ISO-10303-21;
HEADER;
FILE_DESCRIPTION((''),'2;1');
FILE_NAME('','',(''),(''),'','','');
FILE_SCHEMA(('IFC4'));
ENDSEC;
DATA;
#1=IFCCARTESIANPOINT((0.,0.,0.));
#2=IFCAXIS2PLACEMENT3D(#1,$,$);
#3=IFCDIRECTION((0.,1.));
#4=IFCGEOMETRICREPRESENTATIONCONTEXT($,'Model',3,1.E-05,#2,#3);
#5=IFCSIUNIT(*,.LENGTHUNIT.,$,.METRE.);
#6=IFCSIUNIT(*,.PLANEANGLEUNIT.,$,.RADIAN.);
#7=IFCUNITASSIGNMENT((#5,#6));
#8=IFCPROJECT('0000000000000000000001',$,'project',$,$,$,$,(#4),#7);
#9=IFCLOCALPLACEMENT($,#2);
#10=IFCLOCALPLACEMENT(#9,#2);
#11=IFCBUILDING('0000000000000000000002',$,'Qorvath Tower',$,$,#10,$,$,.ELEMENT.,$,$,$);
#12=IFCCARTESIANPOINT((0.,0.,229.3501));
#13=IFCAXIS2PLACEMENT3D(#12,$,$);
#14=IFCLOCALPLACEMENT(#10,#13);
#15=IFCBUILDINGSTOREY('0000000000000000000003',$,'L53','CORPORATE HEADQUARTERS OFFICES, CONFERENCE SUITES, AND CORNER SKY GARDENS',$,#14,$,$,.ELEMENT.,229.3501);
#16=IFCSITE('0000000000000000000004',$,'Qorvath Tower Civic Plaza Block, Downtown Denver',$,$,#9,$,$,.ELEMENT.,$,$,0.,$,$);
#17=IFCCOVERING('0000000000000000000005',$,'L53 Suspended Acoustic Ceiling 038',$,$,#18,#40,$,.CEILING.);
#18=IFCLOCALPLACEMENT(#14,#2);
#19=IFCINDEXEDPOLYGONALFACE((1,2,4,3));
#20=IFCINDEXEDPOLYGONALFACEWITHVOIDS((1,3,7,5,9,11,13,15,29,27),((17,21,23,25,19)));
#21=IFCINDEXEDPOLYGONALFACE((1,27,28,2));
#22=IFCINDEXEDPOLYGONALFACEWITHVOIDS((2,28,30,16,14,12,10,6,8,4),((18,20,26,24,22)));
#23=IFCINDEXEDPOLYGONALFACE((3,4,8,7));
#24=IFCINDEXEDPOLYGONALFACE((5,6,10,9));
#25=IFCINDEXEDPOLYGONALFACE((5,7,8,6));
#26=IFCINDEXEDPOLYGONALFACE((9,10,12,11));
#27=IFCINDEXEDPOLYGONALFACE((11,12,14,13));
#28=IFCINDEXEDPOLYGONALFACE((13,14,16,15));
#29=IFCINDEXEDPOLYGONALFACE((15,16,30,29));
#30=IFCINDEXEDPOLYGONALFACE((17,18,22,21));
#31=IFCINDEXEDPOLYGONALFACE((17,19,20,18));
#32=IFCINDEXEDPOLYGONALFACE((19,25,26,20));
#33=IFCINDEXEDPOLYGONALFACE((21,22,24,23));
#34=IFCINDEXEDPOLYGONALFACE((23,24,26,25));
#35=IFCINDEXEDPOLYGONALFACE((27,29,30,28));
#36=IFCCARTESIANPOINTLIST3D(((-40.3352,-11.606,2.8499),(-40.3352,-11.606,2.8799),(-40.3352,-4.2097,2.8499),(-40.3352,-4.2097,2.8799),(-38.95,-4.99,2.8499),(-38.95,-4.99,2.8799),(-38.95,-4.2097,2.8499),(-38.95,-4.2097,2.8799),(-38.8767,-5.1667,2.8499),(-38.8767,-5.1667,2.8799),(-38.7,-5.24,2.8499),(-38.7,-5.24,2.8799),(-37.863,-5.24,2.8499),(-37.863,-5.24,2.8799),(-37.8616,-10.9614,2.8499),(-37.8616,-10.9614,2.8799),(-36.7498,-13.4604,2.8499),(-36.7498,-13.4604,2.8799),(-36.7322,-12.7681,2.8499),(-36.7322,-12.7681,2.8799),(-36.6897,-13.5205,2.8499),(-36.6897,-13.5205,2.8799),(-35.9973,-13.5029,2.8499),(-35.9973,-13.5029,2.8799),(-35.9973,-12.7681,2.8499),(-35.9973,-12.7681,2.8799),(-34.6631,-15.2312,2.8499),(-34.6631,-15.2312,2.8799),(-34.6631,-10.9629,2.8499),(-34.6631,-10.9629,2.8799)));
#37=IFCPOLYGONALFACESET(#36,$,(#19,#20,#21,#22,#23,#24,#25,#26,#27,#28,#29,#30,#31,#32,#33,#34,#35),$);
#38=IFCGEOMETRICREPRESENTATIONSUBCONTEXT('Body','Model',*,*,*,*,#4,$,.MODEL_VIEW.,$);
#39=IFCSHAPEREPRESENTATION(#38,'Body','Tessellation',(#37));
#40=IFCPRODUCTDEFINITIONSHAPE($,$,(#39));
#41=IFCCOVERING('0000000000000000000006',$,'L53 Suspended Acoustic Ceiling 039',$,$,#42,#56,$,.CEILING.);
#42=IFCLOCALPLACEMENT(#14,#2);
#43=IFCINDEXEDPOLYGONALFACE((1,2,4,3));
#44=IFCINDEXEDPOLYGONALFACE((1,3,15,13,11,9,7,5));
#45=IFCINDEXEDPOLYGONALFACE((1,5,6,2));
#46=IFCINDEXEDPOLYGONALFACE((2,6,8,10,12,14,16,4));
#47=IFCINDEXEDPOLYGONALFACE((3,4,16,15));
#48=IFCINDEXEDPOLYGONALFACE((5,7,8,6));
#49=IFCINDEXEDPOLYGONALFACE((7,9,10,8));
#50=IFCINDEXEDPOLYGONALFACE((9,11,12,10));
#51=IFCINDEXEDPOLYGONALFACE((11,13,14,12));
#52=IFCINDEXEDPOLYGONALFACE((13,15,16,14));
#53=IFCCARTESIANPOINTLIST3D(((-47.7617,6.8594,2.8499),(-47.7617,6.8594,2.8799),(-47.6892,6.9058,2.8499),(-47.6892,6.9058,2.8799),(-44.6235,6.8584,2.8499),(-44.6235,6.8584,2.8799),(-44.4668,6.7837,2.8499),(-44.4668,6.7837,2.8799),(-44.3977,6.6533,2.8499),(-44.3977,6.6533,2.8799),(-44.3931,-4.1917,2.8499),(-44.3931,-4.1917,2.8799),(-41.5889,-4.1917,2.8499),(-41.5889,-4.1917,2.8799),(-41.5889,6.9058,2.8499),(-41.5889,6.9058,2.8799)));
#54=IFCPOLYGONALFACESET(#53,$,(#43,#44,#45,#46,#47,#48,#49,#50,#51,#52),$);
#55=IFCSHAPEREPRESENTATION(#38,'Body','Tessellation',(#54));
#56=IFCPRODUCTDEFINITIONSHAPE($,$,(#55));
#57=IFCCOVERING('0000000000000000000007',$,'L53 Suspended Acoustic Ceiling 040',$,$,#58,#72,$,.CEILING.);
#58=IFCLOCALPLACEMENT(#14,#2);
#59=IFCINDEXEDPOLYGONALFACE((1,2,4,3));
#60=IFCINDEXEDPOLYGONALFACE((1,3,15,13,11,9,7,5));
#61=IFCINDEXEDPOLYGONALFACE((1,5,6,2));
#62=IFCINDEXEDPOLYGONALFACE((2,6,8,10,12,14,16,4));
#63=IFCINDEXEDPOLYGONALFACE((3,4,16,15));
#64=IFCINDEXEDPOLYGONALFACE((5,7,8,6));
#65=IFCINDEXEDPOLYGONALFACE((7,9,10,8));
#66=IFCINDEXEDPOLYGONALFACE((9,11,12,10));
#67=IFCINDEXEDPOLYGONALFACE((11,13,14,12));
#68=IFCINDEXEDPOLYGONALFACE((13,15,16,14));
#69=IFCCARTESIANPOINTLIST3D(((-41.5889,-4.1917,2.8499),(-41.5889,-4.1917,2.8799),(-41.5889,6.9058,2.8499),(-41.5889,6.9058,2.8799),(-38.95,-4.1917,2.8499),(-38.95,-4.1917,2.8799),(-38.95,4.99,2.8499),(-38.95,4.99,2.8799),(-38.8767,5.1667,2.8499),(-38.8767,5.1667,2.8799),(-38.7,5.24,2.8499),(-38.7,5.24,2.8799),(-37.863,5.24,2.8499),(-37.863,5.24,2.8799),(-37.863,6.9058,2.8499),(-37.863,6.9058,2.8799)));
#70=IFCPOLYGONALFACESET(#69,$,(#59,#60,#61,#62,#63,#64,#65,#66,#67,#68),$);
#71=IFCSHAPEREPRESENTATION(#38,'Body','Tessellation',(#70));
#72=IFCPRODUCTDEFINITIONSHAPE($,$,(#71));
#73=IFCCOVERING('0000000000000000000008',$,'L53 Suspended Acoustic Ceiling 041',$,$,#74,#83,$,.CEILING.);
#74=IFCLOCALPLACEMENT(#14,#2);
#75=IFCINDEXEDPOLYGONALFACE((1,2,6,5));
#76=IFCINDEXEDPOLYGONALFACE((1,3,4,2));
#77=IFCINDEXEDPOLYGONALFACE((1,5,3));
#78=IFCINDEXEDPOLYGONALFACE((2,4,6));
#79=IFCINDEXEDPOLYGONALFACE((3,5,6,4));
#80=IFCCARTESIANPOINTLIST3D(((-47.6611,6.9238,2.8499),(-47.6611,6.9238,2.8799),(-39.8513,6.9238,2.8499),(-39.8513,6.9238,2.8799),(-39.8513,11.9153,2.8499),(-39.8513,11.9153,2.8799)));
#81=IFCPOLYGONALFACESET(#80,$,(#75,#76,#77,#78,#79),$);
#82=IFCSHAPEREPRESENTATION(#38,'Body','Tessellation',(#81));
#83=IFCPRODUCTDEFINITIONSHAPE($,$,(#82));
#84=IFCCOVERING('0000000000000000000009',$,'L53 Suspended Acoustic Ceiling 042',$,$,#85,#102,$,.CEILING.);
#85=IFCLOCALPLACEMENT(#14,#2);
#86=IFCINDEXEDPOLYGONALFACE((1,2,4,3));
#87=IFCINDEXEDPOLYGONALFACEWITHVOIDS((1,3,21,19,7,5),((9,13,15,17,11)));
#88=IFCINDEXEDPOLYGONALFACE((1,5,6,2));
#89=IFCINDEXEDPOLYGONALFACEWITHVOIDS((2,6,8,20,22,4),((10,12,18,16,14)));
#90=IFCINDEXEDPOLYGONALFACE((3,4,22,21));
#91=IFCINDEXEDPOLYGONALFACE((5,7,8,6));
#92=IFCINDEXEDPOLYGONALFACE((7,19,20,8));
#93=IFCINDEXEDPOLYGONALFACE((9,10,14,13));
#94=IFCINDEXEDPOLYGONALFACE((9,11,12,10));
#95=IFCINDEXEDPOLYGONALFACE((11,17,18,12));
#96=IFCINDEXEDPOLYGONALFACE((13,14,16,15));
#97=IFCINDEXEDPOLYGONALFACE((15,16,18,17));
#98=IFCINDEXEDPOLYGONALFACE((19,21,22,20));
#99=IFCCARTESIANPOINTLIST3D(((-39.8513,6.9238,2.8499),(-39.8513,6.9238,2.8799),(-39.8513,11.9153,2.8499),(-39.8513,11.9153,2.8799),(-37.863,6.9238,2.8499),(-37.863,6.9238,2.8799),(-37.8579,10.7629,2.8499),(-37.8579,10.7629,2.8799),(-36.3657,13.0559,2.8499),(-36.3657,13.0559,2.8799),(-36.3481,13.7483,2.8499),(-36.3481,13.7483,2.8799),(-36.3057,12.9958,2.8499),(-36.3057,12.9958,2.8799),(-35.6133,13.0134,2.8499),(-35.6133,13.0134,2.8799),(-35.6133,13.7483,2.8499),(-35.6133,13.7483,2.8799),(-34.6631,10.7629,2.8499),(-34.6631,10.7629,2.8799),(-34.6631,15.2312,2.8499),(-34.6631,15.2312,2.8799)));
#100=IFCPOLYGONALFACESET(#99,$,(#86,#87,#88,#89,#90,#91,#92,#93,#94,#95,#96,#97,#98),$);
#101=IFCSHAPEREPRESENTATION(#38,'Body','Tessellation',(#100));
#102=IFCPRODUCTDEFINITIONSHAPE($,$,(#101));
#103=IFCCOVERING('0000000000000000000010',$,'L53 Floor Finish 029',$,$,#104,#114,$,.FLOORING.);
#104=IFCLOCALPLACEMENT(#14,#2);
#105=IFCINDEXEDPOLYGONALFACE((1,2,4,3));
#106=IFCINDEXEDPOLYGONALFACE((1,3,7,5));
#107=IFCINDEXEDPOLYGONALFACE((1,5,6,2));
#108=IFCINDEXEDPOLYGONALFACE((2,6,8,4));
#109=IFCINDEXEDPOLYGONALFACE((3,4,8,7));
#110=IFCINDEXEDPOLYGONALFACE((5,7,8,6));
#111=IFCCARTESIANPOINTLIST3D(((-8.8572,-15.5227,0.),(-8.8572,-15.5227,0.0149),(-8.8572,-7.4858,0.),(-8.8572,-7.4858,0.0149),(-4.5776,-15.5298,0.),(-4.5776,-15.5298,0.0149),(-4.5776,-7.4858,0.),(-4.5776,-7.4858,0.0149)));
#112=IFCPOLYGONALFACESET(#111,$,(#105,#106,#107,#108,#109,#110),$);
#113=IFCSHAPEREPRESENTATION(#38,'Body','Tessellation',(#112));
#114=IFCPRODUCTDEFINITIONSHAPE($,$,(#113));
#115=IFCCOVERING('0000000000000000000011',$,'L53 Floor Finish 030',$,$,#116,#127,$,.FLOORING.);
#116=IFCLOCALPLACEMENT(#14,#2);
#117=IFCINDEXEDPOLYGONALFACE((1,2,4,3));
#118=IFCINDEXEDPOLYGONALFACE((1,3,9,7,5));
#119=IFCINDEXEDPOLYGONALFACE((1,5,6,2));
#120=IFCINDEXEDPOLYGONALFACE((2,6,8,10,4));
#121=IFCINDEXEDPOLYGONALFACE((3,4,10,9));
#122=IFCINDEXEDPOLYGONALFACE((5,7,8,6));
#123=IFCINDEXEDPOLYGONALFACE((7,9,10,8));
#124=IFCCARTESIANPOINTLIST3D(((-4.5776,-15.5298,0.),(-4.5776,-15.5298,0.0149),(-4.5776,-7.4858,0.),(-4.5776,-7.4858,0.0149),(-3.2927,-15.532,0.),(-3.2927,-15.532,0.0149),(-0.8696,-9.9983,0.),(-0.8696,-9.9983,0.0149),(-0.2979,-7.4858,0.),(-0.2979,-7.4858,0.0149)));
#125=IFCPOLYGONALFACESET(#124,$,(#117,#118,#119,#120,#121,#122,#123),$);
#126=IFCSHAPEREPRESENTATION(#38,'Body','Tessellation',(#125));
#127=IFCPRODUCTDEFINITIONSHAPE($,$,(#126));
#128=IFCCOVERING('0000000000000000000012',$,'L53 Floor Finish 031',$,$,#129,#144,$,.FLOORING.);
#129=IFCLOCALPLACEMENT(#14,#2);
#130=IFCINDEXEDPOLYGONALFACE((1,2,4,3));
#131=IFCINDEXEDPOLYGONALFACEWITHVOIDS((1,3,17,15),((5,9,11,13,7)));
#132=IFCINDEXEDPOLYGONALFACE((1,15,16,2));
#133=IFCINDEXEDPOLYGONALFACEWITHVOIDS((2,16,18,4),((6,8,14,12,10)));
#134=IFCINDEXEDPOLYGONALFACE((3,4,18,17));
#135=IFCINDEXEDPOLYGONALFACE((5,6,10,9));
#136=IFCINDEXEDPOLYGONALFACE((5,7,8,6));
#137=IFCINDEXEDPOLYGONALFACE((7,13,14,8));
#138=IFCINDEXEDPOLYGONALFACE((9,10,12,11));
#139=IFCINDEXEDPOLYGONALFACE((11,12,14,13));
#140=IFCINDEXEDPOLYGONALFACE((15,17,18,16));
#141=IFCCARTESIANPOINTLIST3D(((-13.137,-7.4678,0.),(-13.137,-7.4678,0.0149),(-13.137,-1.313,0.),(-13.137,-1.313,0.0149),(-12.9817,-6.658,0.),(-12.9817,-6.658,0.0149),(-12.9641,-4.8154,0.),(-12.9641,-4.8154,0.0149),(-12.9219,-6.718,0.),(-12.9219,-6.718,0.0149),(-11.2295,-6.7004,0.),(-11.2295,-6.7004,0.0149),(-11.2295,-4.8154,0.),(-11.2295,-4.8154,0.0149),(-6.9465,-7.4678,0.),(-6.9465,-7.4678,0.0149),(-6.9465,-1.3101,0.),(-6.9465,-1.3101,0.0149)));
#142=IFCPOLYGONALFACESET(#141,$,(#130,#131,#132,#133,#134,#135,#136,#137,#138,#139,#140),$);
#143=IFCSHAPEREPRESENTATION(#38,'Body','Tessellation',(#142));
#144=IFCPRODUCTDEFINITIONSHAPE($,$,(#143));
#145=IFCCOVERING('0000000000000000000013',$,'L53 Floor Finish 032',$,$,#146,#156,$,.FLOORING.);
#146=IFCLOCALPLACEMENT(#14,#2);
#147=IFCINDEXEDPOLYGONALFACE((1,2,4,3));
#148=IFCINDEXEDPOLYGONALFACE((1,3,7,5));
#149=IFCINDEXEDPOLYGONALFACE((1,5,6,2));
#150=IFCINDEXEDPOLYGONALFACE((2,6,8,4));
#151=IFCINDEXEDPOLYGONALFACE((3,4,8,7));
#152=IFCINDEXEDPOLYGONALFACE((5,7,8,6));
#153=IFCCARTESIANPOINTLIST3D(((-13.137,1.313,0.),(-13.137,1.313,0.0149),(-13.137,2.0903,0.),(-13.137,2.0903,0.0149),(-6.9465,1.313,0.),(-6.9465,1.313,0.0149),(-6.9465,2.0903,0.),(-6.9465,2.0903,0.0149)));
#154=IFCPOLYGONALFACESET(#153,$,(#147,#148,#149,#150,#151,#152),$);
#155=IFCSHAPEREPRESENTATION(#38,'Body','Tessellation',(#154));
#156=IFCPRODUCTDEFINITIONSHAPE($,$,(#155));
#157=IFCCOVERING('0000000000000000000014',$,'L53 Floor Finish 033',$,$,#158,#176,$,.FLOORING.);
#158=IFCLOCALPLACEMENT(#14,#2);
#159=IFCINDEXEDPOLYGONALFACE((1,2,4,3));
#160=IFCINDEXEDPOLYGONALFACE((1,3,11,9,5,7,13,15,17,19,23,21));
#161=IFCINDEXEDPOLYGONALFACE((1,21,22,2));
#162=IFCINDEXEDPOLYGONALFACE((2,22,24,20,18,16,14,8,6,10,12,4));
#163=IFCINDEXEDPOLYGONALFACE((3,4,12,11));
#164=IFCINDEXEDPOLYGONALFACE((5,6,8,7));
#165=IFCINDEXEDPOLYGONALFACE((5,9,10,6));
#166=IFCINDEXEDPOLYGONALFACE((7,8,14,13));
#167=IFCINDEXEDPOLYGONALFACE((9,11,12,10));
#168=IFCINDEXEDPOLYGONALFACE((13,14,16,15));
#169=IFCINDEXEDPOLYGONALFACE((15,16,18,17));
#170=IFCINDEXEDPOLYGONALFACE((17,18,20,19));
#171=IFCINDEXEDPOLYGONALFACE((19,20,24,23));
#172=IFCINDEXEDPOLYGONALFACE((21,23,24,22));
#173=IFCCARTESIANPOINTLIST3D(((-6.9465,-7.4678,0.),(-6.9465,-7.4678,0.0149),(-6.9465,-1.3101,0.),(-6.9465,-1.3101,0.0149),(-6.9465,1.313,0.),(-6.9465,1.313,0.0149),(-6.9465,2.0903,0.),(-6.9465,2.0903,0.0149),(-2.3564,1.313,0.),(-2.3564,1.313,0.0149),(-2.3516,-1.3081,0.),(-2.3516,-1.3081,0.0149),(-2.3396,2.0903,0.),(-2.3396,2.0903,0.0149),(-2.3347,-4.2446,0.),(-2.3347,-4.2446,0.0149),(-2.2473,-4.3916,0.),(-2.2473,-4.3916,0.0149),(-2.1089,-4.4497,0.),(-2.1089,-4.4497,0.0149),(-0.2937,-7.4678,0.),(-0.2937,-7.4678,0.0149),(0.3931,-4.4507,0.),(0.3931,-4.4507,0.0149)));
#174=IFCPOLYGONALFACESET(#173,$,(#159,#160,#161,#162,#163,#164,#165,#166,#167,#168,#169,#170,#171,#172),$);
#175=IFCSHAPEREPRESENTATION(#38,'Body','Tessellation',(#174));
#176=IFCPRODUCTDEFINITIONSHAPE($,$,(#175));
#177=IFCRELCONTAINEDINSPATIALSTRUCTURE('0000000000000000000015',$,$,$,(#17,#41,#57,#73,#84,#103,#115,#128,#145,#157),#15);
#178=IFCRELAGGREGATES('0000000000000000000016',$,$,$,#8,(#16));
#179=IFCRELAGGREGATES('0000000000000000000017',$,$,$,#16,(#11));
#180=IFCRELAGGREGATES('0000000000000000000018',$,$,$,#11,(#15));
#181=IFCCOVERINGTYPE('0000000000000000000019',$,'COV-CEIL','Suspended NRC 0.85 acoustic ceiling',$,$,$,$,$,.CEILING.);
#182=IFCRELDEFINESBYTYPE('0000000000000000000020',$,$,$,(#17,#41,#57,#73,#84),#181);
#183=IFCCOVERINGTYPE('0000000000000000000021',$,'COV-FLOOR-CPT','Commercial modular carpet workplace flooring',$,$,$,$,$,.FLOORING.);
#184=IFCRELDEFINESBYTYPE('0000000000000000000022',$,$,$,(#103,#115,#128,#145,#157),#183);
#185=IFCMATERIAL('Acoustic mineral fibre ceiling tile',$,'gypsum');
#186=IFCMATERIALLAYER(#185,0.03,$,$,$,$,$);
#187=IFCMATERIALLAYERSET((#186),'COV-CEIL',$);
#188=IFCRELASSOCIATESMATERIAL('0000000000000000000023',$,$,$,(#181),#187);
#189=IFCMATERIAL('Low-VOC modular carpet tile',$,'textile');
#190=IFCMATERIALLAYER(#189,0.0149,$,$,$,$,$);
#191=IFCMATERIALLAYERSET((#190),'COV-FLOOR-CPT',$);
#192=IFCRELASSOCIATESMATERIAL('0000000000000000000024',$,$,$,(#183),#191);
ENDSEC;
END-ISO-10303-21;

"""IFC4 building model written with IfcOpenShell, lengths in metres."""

from ifc_helpers import new_model, si_unit, direction, frame, origin, place, context, subcontext, project, spatial, polyline, outline, extrude, material, layer, layer_set, type_object, element, save


model = new_model("IFC4")

# Units and contexts
model_context = context("Model", 3, precision=1e-05, world=origin(), true_north=direction((0.0, 1.0)))
body_context = subcontext(model_context, "Body", "Model", "MODEL_VIEW")
ifc_project = project(units=[si_unit("LENGTHUNIT", "METRE"), si_unit("PLANEANGLEUNIT", "RADIAN")], contexts=[model_context])

# Site, building, storey
site_placement = place(None, origin())
site = spatial("IfcSite", under=ifc_project, at=site_placement, Name="Qorvath Tower Civic Plaza Block, Downtown Denver", CompositionType="ELEMENT", RefElevation=0.0)
building_placement = place(site_placement, origin())
building = spatial("IfcBuilding", under=site, at=building_placement, Name="Qorvath Tower", CompositionType="ELEMENT")
storey_placement = place(building_placement, frame((0.0, 0.0, 229.3501)))
storey = spatial("IfcBuildingStorey", under=building, at=storey_placement, Name="L53", Description="CORPORATE HEADQUARTERS OFFICES, CONFERENCE SUITES, AND CORNER SKY GARDENS", CompositionType="ELEMENT", Elevation=229.3501)

# Coverings
ifc_material_1 = material(Name="Acoustic mineral fibre ceiling tile", Category="gypsum")
ifc_layer_1 = layer(ifc_material_1, 0.03)
ifc_layer_set_1 = layer_set([ifc_layer_1], Name="COV-CEIL")
covering_type_1 = type_object("IfcCoveringType", Name="COV-CEIL", Description="Suspended NRC 0.85 acoustic ceiling", PredefinedType="CEILING", material=ifc_layer_set_1)
covering_1_placement = place(storey_placement, frame((0.0, 0.0, 2.8499)))
element("IfcCovering", 1, at=covering_1_placement, inside=storey, type_object=covering_type_1, Name="L53 Suspended Acoustic Ceiling 038", PredefinedType="CEILING", context=body_context, shape_type="SweptSolid", body=[
    extrude(outline(polyline([(-40.3352, -4.2097), (-40.3352, -11.606), (-34.6631, -15.2312), (-34.6631, -10.9629), (-37.8616, -10.9614), (-37.863, -5.24), (-38.7, -5.24), (-38.8767, -5.1667), (-38.95, -4.99), (-38.95, -4.2097), (-40.3352, -4.2097)]), holes=[polyline([(-36.7498, -13.4604), (-36.7322, -12.7681), (-35.9973, -12.7681), (-35.9973, -13.5029), (-36.6897, -13.5205), (-36.7498, -13.4604)])]), origin(), (0.0, 0.0, 1.0), 0.03),
])
covering_2_placement = place(storey_placement, frame((0.0, 0.0, 2.8499)))
element("IfcCovering", 2, at=covering_2_placement, inside=storey, type_object=covering_type_1, Name="L53 Suspended Acoustic Ceiling 039", PredefinedType="CEILING", context=body_context, shape_type="SweptSolid", body=[
    extrude(outline(polyline([(-44.4668, 6.7837), (-44.3977, 6.6533), (-44.3931, -4.1917), (-41.5889, -4.1917), (-41.5889, 6.9058), (-47.6892, 6.9058), (-47.7617, 6.8594), (-44.6235, 6.8584), (-44.4668, 6.7837)])), origin(), (0.0, 0.0, 1.0), 0.03),
])
covering_3_placement = place(storey_placement, frame((0.0, 0.0, 2.8499)))
element("IfcCovering", 3, at=covering_3_placement, inside=storey, type_object=covering_type_1, Name="L53 Suspended Acoustic Ceiling 040", PredefinedType="CEILING", context=body_context, shape_type="SweptSolid", body=[
    extrude(outline(polyline([(-41.5889, 6.9058), (-41.5889, -4.1917), (-38.95, -4.1917), (-38.95, 4.99), (-38.8767, 5.1667), (-38.7, 5.24), (-37.863, 5.24), (-37.863, 6.9058), (-41.5889, 6.9058)])), origin(), (0.0, 0.0, 1.0), 0.03),
])
covering_4_placement = place(storey_placement, frame((0.0, 0.0, 2.8499)))
element("IfcCovering", 4, at=covering_4_placement, inside=storey, type_object=covering_type_1, Name="L53 Suspended Acoustic Ceiling 041", PredefinedType="CEILING", context=body_context, shape_type="SweptSolid", body=[
    extrude(outline(polyline([(-39.8513, 6.9238), (-39.8513, 11.9153), (-47.6611, 6.9238), (-39.8513, 6.9238)])), origin(), (0.0, 0.0, 1.0), 0.03),
])
covering_5_placement = place(storey_placement, frame((0.0, 0.0, 2.8499)))
element("IfcCovering", 5, at=covering_5_placement, inside=storey, type_object=covering_type_1, Name="L53 Suspended Acoustic Ceiling 042", PredefinedType="CEILING", context=body_context, shape_type="SweptSolid", body=[
    extrude(outline(polyline([(-37.8579, 10.7629), (-34.6631, 10.7629), (-34.6631, 15.2312), (-39.8513, 11.9153), (-39.8513, 6.9238), (-37.863, 6.9238), (-37.8579, 10.7629)]), holes=[polyline([(-36.3657, 13.0559), (-36.3481, 13.7483), (-35.6133, 13.7483), (-35.6133, 13.0134), (-36.3057, 12.9958), (-36.3657, 13.0559)])]), origin(), (0.0, 0.0, 1.0), 0.03),
])
ifc_material_2 = material(Name="Low-VOC modular carpet tile", Category="textile")
ifc_layer_2 = layer(ifc_material_2, 0.0149)
ifc_layer_set_2 = layer_set([ifc_layer_2], Name="COV-FLOOR-CPT")
covering_type_2 = type_object("IfcCoveringType", Name="COV-FLOOR-CPT", Description="Commercial modular carpet workplace flooring", PredefinedType="FLOORING", material=ifc_layer_set_2)
covering_6_placement = place(storey_placement, origin())
element("IfcCovering", 6, at=covering_6_placement, inside=storey, type_object=covering_type_2, Name="L53 Floor Finish 029", PredefinedType="FLOORING", context=body_context, shape_type="SweptSolid", body=[
    extrude(outline(polyline([(-8.8572, -7.4858), (-8.8572, -15.5227), (-4.5776, -15.5298), (-4.5776, -7.4858), (-8.8572, -7.4858)])), origin(), (0.0, 0.0, 1.0), 0.0149),
])
covering_7_placement = place(storey_placement, origin())
element("IfcCovering", 7, at=covering_7_placement, inside=storey, type_object=covering_type_2, Name="L53 Floor Finish 030", PredefinedType="FLOORING", context=body_context, shape_type="SweptSolid", body=[
    extrude(outline(polyline([(-4.5776, -7.4858), (-4.5776, -15.5298), (-3.2927, -15.532), (-0.8696, -9.9983), (-0.2979, -7.4858), (-4.5776, -7.4858)])), origin(), (0.0, 0.0, 1.0), 0.0149),
])
covering_8_placement = place(storey_placement, origin())
element("IfcCovering", 8, at=covering_8_placement, inside=storey, type_object=covering_type_2, Name="L53 Floor Finish 031", PredefinedType="FLOORING", context=body_context, shape_type="SweptSolid", body=[
    extrude(outline(polyline([(-6.9465, -7.4678), (-6.9465, -1.3101), (-13.137, -1.313), (-13.137, -7.4678), (-6.9465, -7.4678)]), holes=[polyline([(-12.9817, -6.658), (-12.9641, -4.8154), (-11.2295, -4.8154), (-11.2295, -6.7004), (-12.9219, -6.718), (-12.9817, -6.658)])]), origin(), (0.0, 0.0, 1.0), 0.0149),
])
covering_9_placement = place(storey_placement, origin())
element("IfcCovering", 9, at=covering_9_placement, inside=storey, type_object=covering_type_2, Name="L53 Floor Finish 032", PredefinedType="FLOORING", context=body_context, shape_type="SweptSolid", body=[
    extrude(outline(polyline([(-6.9465, 1.313), (-6.9465, 2.0903), (-13.137, 2.0903), (-13.137, 1.313), (-6.9465, 1.313)])), origin(), (0.0, 0.0, 1.0), 0.0149),
])
covering_10_placement = place(storey_placement, origin())
element("IfcCovering", 10, at=covering_10_placement, inside=storey, type_object=covering_type_2, Name="L53 Floor Finish 033", PredefinedType="FLOORING", context=body_context, shape_type="SweptSolid", body=[
    extrude(outline(polyline([(-2.2473, -4.3916), (-2.3347, -4.2446), (-2.3396, 2.0903), (-6.9465, 2.0903), (-6.9465, 1.313), (-2.3564, 1.313), (-2.3516, -1.3081), (-6.9465, -1.3101), (-6.9465, -7.4678), (-0.2937, -7.4678), (0.3931, -4.4507), (-2.1089, -4.4497), (-2.2473, -4.3916)])), origin(), (0.0, 0.0, 1.0), 0.0149),
])

save(model, "model.ifc")
